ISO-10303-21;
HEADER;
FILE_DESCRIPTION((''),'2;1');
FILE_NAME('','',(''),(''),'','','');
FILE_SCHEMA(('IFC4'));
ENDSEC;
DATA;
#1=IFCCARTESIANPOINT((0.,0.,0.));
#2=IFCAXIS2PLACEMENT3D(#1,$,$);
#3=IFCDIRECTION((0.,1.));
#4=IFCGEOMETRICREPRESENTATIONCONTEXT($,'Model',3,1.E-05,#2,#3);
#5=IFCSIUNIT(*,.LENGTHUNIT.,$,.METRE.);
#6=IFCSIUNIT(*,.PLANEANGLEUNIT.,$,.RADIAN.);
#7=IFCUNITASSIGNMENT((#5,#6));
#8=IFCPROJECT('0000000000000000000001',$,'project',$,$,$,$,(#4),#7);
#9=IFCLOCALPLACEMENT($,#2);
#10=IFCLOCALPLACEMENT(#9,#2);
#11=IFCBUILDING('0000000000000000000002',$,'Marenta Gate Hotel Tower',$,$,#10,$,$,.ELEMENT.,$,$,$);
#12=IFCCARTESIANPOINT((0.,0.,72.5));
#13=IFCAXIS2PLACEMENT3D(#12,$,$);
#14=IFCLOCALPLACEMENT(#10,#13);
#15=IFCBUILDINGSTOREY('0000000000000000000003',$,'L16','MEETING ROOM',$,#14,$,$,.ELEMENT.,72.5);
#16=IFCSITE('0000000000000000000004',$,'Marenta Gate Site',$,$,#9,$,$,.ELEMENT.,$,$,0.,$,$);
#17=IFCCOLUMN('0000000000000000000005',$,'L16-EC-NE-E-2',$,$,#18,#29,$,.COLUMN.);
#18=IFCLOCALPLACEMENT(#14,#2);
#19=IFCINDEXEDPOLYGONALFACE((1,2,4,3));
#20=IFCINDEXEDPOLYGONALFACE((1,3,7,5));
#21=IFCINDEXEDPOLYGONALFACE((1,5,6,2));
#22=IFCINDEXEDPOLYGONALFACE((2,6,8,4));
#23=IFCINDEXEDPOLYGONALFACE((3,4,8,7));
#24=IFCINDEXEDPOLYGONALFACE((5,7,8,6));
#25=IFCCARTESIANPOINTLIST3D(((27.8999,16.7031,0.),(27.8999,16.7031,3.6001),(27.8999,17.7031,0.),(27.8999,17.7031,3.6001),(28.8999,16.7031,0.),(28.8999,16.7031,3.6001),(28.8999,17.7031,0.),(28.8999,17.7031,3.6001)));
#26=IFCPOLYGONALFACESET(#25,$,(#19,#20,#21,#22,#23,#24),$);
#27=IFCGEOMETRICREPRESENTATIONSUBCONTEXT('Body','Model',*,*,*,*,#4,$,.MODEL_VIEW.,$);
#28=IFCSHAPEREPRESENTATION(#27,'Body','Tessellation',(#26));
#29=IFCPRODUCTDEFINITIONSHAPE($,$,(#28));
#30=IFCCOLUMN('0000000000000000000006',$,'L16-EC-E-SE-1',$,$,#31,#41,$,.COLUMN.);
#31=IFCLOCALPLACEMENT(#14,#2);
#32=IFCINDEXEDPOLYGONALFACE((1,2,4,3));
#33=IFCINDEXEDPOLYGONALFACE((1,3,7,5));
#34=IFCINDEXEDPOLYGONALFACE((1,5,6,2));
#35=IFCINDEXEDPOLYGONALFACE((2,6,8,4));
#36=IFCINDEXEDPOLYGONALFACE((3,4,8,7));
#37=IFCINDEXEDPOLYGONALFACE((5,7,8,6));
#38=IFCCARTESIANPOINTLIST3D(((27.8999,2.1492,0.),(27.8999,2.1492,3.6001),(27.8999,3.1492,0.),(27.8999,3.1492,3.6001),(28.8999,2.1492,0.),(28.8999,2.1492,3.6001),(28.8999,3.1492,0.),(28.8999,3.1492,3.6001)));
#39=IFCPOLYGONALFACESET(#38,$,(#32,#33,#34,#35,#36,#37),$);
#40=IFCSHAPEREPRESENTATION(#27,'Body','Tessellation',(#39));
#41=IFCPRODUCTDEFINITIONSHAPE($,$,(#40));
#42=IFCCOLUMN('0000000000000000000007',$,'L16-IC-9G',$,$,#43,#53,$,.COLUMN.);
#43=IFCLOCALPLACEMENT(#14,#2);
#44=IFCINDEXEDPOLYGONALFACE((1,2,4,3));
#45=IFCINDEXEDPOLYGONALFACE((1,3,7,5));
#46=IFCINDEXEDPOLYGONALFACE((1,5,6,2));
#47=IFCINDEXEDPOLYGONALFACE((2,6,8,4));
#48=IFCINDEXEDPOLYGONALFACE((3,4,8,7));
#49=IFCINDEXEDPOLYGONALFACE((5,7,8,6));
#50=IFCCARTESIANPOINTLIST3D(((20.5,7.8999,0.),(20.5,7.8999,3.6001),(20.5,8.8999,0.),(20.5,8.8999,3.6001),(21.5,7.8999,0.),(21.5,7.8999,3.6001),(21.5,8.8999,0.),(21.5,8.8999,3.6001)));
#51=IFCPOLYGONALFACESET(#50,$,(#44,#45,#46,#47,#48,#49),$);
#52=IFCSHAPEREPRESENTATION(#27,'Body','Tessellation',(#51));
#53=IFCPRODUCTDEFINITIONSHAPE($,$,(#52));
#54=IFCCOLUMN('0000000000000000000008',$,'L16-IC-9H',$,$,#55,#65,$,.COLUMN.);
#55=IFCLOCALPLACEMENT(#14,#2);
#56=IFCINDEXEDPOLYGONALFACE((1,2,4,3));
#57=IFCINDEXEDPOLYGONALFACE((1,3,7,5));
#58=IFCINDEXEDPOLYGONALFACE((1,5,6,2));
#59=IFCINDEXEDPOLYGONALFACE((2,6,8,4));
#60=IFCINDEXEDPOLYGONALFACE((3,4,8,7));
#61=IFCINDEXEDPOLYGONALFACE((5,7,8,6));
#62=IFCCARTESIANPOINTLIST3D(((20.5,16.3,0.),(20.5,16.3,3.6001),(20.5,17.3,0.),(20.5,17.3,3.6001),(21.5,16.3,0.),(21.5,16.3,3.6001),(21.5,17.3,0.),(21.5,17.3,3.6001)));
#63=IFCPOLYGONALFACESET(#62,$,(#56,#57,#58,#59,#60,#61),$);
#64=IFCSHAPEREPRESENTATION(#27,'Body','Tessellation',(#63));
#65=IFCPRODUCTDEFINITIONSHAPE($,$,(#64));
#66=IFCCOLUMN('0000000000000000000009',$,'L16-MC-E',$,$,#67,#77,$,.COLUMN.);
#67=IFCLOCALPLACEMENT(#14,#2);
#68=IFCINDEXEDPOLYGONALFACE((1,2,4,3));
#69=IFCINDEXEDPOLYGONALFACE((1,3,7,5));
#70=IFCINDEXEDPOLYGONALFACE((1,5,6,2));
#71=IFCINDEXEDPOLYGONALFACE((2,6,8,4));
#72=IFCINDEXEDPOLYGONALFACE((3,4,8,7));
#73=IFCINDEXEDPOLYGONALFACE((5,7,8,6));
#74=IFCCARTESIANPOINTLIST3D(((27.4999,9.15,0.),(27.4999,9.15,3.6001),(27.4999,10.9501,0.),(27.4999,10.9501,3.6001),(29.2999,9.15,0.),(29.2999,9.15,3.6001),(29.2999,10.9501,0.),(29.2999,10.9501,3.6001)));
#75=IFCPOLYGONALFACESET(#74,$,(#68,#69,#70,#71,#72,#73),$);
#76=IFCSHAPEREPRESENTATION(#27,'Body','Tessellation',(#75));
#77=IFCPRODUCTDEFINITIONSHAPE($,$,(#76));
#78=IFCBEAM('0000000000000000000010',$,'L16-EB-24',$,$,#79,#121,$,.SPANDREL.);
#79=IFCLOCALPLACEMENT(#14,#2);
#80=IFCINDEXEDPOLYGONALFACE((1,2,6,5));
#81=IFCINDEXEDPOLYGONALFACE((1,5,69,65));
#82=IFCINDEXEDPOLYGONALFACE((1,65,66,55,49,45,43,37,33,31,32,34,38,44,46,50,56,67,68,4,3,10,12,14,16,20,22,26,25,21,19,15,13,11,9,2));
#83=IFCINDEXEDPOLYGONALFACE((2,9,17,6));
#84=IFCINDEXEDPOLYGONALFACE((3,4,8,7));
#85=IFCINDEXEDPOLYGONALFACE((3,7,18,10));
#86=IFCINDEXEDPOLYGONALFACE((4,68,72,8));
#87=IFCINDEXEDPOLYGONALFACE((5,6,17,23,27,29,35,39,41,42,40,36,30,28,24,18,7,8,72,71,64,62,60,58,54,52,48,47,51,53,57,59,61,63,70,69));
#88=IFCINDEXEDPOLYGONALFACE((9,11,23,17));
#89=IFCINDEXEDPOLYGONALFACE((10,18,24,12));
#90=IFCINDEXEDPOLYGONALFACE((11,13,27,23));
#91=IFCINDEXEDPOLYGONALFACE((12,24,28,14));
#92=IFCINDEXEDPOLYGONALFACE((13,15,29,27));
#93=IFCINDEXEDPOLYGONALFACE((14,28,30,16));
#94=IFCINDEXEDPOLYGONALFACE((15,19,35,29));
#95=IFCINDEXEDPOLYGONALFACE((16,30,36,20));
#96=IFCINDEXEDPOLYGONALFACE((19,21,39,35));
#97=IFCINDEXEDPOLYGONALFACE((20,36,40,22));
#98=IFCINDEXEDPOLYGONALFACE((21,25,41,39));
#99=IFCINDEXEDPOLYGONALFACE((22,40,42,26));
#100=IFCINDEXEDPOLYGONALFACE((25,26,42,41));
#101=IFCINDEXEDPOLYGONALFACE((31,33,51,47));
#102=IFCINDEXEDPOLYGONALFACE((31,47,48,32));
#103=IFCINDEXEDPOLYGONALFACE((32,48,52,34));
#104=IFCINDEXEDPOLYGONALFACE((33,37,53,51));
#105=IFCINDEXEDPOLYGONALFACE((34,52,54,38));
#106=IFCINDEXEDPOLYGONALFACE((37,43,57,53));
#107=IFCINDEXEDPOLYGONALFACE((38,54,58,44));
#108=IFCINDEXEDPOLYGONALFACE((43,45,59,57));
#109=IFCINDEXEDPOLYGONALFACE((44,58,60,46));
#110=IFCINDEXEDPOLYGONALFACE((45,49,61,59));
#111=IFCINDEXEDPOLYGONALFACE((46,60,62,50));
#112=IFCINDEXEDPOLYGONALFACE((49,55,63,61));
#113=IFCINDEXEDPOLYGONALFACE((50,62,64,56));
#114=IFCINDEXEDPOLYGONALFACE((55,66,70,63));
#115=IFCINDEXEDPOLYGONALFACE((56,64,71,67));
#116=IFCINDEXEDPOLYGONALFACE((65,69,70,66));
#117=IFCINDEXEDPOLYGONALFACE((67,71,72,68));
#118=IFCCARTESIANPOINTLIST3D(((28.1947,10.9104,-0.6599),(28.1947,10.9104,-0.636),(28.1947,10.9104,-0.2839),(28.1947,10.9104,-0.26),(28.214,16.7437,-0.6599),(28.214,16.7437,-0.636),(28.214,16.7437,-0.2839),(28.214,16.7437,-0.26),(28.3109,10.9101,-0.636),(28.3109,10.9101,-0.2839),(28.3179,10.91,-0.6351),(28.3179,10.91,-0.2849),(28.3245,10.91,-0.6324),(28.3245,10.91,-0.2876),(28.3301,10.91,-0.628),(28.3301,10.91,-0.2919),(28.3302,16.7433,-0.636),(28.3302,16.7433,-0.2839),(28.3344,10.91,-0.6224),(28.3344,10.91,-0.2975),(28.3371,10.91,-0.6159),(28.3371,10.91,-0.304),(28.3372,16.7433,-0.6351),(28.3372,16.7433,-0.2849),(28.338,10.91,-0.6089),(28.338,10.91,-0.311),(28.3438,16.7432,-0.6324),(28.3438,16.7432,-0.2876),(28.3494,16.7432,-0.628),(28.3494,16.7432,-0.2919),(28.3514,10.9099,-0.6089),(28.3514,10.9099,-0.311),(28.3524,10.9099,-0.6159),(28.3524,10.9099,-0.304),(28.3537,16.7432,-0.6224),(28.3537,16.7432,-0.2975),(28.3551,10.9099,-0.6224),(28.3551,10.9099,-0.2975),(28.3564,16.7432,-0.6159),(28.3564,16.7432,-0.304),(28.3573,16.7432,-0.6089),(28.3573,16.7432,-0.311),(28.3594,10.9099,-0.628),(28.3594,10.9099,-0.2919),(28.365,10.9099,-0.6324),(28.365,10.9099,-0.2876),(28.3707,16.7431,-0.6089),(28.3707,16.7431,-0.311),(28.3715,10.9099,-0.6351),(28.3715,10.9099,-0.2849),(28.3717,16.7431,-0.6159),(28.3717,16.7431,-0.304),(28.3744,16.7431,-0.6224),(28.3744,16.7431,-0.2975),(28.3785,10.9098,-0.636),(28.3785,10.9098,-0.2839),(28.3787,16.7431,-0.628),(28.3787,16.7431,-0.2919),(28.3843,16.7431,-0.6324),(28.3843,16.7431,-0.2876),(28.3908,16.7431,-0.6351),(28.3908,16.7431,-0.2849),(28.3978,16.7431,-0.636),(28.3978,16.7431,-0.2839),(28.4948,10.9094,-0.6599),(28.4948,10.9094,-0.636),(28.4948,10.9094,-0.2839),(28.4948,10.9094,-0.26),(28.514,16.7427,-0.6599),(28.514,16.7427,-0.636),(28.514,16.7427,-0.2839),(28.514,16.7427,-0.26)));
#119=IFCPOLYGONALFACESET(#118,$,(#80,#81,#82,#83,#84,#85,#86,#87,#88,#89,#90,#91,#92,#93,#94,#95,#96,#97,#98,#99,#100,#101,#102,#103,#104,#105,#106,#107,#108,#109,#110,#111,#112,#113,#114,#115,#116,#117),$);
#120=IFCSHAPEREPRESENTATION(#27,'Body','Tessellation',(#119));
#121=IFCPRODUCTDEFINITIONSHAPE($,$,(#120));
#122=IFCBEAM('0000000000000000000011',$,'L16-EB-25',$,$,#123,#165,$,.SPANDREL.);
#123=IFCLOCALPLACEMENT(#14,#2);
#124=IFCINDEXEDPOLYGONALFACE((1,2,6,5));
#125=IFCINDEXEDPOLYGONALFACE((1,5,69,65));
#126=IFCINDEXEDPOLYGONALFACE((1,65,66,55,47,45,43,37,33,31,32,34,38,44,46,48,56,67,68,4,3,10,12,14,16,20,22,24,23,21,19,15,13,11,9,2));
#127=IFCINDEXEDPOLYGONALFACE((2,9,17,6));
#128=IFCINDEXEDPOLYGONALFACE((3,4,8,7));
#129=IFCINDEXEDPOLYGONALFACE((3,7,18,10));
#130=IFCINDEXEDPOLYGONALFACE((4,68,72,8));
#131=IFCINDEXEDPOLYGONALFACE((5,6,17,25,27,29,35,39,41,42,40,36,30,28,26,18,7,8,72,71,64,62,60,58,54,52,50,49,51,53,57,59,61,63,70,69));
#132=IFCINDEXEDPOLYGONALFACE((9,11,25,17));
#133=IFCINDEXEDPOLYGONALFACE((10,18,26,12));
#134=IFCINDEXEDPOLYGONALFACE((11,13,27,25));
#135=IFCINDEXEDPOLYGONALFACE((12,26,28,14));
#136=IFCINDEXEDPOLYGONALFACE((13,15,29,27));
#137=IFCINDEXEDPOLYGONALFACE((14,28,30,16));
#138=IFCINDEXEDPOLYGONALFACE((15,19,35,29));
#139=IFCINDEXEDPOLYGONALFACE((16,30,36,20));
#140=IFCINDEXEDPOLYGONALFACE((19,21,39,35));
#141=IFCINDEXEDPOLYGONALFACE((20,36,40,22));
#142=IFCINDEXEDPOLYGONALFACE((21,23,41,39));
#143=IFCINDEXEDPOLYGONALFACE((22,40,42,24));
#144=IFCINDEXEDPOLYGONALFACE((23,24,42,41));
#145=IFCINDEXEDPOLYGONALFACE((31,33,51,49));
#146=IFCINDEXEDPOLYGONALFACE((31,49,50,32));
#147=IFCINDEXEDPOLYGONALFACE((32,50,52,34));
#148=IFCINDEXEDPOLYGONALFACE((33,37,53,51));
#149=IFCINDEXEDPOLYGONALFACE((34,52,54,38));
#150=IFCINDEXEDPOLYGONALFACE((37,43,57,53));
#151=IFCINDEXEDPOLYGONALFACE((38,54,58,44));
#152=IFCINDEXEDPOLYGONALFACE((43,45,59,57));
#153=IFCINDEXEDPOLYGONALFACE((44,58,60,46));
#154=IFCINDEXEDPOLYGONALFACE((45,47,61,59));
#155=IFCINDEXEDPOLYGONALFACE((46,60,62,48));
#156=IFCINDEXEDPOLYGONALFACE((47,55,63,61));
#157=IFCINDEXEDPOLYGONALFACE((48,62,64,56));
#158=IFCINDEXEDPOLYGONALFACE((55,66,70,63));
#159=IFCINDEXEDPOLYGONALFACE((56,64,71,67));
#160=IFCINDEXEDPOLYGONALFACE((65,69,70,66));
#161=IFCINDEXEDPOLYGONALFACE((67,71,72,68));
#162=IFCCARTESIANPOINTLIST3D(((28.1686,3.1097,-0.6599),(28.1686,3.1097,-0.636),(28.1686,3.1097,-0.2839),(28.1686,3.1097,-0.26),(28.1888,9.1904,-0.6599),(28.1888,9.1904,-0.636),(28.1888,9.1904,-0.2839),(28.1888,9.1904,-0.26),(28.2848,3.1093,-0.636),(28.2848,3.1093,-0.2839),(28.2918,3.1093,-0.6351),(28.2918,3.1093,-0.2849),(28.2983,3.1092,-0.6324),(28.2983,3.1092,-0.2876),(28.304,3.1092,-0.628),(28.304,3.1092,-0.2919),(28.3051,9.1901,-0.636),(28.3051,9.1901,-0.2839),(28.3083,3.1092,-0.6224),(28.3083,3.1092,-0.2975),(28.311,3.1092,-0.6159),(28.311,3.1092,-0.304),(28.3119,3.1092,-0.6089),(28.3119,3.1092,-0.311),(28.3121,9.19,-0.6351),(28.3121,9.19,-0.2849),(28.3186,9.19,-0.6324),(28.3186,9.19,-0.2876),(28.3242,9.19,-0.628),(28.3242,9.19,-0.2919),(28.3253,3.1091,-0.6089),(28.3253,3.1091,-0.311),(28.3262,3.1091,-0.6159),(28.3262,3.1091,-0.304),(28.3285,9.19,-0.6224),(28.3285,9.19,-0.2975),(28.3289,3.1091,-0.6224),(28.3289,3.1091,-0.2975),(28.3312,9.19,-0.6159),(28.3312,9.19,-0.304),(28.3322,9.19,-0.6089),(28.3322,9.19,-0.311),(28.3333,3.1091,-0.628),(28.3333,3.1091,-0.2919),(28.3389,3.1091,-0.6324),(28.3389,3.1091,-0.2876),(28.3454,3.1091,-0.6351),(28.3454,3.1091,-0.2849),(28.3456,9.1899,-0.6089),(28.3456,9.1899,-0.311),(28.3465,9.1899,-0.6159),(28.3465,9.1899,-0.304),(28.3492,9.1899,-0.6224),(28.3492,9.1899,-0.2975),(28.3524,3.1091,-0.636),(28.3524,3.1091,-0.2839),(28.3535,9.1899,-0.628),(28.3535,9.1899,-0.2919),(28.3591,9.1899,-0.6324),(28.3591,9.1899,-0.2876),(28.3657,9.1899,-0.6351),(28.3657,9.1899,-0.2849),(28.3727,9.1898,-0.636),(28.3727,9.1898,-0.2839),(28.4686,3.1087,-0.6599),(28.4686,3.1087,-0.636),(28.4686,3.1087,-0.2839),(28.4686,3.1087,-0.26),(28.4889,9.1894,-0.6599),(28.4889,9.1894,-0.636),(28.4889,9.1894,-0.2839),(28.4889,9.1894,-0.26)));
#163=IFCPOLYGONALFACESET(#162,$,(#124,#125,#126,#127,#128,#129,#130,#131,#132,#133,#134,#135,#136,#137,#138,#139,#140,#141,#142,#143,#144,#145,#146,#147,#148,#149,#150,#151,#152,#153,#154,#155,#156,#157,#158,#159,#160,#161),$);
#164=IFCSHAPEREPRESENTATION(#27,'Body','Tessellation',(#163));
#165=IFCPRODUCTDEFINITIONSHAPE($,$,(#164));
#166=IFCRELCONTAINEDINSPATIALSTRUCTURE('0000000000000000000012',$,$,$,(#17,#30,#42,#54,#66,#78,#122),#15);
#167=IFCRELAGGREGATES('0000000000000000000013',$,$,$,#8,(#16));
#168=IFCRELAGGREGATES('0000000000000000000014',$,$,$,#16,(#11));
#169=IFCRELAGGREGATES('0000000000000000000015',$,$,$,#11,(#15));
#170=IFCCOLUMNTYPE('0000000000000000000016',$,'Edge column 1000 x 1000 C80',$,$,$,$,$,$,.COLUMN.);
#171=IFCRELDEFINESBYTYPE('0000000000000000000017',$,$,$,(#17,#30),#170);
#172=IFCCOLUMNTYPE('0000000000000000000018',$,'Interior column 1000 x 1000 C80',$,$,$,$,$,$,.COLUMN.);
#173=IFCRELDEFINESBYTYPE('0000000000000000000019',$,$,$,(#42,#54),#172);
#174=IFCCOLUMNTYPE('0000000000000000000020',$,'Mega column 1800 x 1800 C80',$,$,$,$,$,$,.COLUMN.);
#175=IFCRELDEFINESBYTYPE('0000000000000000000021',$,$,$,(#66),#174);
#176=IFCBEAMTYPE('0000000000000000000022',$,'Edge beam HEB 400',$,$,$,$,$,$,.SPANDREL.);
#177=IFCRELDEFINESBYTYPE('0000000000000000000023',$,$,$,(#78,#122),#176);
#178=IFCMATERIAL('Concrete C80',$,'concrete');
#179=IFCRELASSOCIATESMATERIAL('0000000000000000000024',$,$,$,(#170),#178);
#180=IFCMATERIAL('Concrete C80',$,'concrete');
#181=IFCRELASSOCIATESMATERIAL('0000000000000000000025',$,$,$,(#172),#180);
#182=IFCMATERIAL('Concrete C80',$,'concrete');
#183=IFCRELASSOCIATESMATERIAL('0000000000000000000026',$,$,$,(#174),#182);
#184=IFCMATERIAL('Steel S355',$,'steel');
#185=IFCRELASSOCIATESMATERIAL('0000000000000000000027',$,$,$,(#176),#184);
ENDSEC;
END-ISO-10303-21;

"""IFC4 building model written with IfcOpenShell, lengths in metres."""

from ifc_helpers import new_model, si_unit, direction, frame, origin, origin_2d, place, context, subcontext, project, spatial, rectangle, i_section, extrude, material, material_profile, profile_set, type_object, element, save


model = new_model("IFC4")

# Units and contexts
model_context = context("Model", 3, precision=1e-05, world=origin(), true_north=direction((0.0, 1.0)))
body_context = subcontext(model_context, "Body", "Model", "MODEL_VIEW")
ifc_project = project(units=[si_unit("LENGTHUNIT", "METRE"), si_unit("PLANEANGLEUNIT", "RADIAN")], contexts=[model_context])

# Site, building, storey
site_placement = place(None, origin())
site = spatial("IfcSite", under=ifc_project, at=site_placement, Name="Marenta Gate Site", CompositionType="ELEMENT", RefElevation=0.0)
building_placement = place(site_placement, origin())
building = spatial("IfcBuilding", under=site, at=building_placement, Name="Marenta Gate Hotel Tower", CompositionType="ELEMENT")
storey_placement = place(building_placement, frame((0.0, 0.0, 72.5)))
storey = spatial("IfcBuildingStorey", under=building, at=storey_placement, Name="L16", Description="MEETING ROOM", CompositionType="ELEMENT", Elevation=72.5)

# Columns
ifc_material_1 = material(Name="Concrete C80", Category="concrete")
ifc_material_profile_1 = material_profile(ifc_material_1, rectangle(XDim=1.0, YDim=1.0, at=origin_2d()), Name="1000 x 1000")
ifc_profile_set_1 = profile_set([ifc_material_profile_1], Name="Concrete C80")
column_type_1 = type_object("IfcColumnType", Name="Edge column 1000 x 1000 C80", PredefinedType="COLUMN", material=ifc_profile_set_1)
for number, where, z_axis, x_axis, name in (
    (1, (28.3999, 17.2031, 0.0), (0.0, 0.0, 1.0), (1.0, 0.0, 0.0), "L16-EC-NE-E-2"),
    (2, (28.3999, 2.6492, 0.0), (0.0, 0.0, 1.0), (1.0, 0.0, 0.0), "L16-EC-E-SE-1"),
):
    element("IfcColumn", number, at=place(storey_placement, frame(where, z_axis=z_axis, x_axis=x_axis)), inside=storey, type_object=column_type_1, Name=name, PredefinedType="COLUMN", context=body_context, shape_type="SweptSolid", body=[
        extrude(rectangle(XDim=1.0, YDim=1.0, at=origin_2d()), origin(), (0.0, 0.0, 1.0), 3.6001),
    ])
ifc_material_2 = material(Name="Concrete C80", Category="concrete")
ifc_material_profile_2 = material_profile(ifc_material_2, rectangle(XDim=1.0, YDim=1.0, at=origin_2d()), Name="1000 x 1000")
ifc_profile_set_2 = profile_set([ifc_material_profile_2], Name="Concrete C80")
column_type_2 = type_object("IfcColumnType", Name="Interior column 1000 x 1000 C80", PredefinedType="COLUMN", material=ifc_profile_set_2)
for number, where, z_axis, x_axis, name in (
    (3, (21.0, 8.3999, 0.0), (0.0, 0.0, 1.0), (1.0, 0.0, 0.0), "L16-IC-9G"),
    (4, (21.0, 16.8, 0.0), (0.0, 0.0, 1.0), (1.0, 0.0, 0.0), "L16-IC-9H"),
):
    element("IfcColumn", number, at=place(storey_placement, frame(where, z_axis=z_axis, x_axis=x_axis)), inside=storey, type_object=column_type_2, Name=name, PredefinedType="COLUMN", context=body_context, shape_type="SweptSolid", body=[
        extrude(rectangle(XDim=1.0, YDim=1.0, at=origin_2d()), origin(), (0.0, 0.0, 1.0), 3.6001),
    ])
ifc_material_3 = material(Name="Concrete C80", Category="concrete")
ifc_material_profile_3 = material_profile(ifc_material_3, rectangle(XDim=1.8, YDim=1.8, at=origin_2d()), Name="1800 x 1800")
ifc_profile_set_3 = profile_set([ifc_material_profile_3], Name="Concrete C80")
column_type_3 = type_object("IfcColumnType", Name="Mega column 1800 x 1800 C80", PredefinedType="COLUMN", material=ifc_profile_set_3)
column_placement = place(storey_placement, frame((28.3999, 10.05, 0.0), z_axis=(0.0, 0.0, 1.0), x_axis=(1.0, 0.0, 0.0)))
element("IfcColumn", 5, at=column_placement, inside=storey, type_object=column_type_3, Name="L16-MC-E", PredefinedType="COLUMN", context=body_context, shape_type="SweptSolid", body=[
    extrude(rectangle(XDim=1.8, YDim=1.8, at=origin_2d()), origin(), (0.0, 0.0, 1.0), 3.6001),
])

# Beams
ifc_material_4 = material(Name="Steel S355", Category="steel")
ifc_material_profile_4 = material_profile(ifc_material_4, i_section(OverallWidth=0.3, OverallDepth=0.3999, WebThickness=0.0134, FlangeThickness=0.0239, FilletRadius=0.0271, at=origin_2d()), Name="HEB 400")
ifc_profile_set_4 = profile_set([ifc_material_profile_4], Name="Steel S355")
beam_type_1 = type_object("IfcBeamType", Name="Edge beam HEB 400", PredefinedType="SPANDREL", material=ifc_profile_set_4)
beam_1_placement = place(storey_placement, frame((28.364, 16.7432, -0.46), z_axis=(-0.003306, -0.999995, 0.0), x_axis=(0.999995, -0.003306, 0.0)))
element("IfcBeam", 6, at=beam_1_placement, inside=storey, type_object=beam_type_1, Name="L16-EB-24", PredefinedType="SPANDREL", context=body_context, shape_type="SweptSolid", body=[
    extrude(i_section(OverallWidth=0.3, OverallDepth=0.3999, WebThickness=0.0134, FlangeThickness=0.0239, FilletRadius=0.0271, at=origin_2d()), origin(), (0.0, 0.0, 1.0), 5.8333),
])
beam_2_placement = place(storey_placement, frame((28.3389, 9.1899, -0.46), z_axis=(-0.003332, -0.999994, 0.0), x_axis=(0.999994, -0.003332, 0.0)))
element("IfcBeam", 7, at=beam_2_placement, inside=storey, type_object=beam_type_1, Name="L16-EB-25", PredefinedType="SPANDREL", context=body_context, shape_type="SweptSolid", body=[
    extrude(i_section(OverallWidth=0.3, OverallDepth=0.3999, WebThickness=0.0134, FlangeThickness=0.0239, FilletRadius=0.0271, at=origin_2d()), origin(), (0.0, 0.0, 1.0), 6.0808),
])

save(model, "model.ifc")
